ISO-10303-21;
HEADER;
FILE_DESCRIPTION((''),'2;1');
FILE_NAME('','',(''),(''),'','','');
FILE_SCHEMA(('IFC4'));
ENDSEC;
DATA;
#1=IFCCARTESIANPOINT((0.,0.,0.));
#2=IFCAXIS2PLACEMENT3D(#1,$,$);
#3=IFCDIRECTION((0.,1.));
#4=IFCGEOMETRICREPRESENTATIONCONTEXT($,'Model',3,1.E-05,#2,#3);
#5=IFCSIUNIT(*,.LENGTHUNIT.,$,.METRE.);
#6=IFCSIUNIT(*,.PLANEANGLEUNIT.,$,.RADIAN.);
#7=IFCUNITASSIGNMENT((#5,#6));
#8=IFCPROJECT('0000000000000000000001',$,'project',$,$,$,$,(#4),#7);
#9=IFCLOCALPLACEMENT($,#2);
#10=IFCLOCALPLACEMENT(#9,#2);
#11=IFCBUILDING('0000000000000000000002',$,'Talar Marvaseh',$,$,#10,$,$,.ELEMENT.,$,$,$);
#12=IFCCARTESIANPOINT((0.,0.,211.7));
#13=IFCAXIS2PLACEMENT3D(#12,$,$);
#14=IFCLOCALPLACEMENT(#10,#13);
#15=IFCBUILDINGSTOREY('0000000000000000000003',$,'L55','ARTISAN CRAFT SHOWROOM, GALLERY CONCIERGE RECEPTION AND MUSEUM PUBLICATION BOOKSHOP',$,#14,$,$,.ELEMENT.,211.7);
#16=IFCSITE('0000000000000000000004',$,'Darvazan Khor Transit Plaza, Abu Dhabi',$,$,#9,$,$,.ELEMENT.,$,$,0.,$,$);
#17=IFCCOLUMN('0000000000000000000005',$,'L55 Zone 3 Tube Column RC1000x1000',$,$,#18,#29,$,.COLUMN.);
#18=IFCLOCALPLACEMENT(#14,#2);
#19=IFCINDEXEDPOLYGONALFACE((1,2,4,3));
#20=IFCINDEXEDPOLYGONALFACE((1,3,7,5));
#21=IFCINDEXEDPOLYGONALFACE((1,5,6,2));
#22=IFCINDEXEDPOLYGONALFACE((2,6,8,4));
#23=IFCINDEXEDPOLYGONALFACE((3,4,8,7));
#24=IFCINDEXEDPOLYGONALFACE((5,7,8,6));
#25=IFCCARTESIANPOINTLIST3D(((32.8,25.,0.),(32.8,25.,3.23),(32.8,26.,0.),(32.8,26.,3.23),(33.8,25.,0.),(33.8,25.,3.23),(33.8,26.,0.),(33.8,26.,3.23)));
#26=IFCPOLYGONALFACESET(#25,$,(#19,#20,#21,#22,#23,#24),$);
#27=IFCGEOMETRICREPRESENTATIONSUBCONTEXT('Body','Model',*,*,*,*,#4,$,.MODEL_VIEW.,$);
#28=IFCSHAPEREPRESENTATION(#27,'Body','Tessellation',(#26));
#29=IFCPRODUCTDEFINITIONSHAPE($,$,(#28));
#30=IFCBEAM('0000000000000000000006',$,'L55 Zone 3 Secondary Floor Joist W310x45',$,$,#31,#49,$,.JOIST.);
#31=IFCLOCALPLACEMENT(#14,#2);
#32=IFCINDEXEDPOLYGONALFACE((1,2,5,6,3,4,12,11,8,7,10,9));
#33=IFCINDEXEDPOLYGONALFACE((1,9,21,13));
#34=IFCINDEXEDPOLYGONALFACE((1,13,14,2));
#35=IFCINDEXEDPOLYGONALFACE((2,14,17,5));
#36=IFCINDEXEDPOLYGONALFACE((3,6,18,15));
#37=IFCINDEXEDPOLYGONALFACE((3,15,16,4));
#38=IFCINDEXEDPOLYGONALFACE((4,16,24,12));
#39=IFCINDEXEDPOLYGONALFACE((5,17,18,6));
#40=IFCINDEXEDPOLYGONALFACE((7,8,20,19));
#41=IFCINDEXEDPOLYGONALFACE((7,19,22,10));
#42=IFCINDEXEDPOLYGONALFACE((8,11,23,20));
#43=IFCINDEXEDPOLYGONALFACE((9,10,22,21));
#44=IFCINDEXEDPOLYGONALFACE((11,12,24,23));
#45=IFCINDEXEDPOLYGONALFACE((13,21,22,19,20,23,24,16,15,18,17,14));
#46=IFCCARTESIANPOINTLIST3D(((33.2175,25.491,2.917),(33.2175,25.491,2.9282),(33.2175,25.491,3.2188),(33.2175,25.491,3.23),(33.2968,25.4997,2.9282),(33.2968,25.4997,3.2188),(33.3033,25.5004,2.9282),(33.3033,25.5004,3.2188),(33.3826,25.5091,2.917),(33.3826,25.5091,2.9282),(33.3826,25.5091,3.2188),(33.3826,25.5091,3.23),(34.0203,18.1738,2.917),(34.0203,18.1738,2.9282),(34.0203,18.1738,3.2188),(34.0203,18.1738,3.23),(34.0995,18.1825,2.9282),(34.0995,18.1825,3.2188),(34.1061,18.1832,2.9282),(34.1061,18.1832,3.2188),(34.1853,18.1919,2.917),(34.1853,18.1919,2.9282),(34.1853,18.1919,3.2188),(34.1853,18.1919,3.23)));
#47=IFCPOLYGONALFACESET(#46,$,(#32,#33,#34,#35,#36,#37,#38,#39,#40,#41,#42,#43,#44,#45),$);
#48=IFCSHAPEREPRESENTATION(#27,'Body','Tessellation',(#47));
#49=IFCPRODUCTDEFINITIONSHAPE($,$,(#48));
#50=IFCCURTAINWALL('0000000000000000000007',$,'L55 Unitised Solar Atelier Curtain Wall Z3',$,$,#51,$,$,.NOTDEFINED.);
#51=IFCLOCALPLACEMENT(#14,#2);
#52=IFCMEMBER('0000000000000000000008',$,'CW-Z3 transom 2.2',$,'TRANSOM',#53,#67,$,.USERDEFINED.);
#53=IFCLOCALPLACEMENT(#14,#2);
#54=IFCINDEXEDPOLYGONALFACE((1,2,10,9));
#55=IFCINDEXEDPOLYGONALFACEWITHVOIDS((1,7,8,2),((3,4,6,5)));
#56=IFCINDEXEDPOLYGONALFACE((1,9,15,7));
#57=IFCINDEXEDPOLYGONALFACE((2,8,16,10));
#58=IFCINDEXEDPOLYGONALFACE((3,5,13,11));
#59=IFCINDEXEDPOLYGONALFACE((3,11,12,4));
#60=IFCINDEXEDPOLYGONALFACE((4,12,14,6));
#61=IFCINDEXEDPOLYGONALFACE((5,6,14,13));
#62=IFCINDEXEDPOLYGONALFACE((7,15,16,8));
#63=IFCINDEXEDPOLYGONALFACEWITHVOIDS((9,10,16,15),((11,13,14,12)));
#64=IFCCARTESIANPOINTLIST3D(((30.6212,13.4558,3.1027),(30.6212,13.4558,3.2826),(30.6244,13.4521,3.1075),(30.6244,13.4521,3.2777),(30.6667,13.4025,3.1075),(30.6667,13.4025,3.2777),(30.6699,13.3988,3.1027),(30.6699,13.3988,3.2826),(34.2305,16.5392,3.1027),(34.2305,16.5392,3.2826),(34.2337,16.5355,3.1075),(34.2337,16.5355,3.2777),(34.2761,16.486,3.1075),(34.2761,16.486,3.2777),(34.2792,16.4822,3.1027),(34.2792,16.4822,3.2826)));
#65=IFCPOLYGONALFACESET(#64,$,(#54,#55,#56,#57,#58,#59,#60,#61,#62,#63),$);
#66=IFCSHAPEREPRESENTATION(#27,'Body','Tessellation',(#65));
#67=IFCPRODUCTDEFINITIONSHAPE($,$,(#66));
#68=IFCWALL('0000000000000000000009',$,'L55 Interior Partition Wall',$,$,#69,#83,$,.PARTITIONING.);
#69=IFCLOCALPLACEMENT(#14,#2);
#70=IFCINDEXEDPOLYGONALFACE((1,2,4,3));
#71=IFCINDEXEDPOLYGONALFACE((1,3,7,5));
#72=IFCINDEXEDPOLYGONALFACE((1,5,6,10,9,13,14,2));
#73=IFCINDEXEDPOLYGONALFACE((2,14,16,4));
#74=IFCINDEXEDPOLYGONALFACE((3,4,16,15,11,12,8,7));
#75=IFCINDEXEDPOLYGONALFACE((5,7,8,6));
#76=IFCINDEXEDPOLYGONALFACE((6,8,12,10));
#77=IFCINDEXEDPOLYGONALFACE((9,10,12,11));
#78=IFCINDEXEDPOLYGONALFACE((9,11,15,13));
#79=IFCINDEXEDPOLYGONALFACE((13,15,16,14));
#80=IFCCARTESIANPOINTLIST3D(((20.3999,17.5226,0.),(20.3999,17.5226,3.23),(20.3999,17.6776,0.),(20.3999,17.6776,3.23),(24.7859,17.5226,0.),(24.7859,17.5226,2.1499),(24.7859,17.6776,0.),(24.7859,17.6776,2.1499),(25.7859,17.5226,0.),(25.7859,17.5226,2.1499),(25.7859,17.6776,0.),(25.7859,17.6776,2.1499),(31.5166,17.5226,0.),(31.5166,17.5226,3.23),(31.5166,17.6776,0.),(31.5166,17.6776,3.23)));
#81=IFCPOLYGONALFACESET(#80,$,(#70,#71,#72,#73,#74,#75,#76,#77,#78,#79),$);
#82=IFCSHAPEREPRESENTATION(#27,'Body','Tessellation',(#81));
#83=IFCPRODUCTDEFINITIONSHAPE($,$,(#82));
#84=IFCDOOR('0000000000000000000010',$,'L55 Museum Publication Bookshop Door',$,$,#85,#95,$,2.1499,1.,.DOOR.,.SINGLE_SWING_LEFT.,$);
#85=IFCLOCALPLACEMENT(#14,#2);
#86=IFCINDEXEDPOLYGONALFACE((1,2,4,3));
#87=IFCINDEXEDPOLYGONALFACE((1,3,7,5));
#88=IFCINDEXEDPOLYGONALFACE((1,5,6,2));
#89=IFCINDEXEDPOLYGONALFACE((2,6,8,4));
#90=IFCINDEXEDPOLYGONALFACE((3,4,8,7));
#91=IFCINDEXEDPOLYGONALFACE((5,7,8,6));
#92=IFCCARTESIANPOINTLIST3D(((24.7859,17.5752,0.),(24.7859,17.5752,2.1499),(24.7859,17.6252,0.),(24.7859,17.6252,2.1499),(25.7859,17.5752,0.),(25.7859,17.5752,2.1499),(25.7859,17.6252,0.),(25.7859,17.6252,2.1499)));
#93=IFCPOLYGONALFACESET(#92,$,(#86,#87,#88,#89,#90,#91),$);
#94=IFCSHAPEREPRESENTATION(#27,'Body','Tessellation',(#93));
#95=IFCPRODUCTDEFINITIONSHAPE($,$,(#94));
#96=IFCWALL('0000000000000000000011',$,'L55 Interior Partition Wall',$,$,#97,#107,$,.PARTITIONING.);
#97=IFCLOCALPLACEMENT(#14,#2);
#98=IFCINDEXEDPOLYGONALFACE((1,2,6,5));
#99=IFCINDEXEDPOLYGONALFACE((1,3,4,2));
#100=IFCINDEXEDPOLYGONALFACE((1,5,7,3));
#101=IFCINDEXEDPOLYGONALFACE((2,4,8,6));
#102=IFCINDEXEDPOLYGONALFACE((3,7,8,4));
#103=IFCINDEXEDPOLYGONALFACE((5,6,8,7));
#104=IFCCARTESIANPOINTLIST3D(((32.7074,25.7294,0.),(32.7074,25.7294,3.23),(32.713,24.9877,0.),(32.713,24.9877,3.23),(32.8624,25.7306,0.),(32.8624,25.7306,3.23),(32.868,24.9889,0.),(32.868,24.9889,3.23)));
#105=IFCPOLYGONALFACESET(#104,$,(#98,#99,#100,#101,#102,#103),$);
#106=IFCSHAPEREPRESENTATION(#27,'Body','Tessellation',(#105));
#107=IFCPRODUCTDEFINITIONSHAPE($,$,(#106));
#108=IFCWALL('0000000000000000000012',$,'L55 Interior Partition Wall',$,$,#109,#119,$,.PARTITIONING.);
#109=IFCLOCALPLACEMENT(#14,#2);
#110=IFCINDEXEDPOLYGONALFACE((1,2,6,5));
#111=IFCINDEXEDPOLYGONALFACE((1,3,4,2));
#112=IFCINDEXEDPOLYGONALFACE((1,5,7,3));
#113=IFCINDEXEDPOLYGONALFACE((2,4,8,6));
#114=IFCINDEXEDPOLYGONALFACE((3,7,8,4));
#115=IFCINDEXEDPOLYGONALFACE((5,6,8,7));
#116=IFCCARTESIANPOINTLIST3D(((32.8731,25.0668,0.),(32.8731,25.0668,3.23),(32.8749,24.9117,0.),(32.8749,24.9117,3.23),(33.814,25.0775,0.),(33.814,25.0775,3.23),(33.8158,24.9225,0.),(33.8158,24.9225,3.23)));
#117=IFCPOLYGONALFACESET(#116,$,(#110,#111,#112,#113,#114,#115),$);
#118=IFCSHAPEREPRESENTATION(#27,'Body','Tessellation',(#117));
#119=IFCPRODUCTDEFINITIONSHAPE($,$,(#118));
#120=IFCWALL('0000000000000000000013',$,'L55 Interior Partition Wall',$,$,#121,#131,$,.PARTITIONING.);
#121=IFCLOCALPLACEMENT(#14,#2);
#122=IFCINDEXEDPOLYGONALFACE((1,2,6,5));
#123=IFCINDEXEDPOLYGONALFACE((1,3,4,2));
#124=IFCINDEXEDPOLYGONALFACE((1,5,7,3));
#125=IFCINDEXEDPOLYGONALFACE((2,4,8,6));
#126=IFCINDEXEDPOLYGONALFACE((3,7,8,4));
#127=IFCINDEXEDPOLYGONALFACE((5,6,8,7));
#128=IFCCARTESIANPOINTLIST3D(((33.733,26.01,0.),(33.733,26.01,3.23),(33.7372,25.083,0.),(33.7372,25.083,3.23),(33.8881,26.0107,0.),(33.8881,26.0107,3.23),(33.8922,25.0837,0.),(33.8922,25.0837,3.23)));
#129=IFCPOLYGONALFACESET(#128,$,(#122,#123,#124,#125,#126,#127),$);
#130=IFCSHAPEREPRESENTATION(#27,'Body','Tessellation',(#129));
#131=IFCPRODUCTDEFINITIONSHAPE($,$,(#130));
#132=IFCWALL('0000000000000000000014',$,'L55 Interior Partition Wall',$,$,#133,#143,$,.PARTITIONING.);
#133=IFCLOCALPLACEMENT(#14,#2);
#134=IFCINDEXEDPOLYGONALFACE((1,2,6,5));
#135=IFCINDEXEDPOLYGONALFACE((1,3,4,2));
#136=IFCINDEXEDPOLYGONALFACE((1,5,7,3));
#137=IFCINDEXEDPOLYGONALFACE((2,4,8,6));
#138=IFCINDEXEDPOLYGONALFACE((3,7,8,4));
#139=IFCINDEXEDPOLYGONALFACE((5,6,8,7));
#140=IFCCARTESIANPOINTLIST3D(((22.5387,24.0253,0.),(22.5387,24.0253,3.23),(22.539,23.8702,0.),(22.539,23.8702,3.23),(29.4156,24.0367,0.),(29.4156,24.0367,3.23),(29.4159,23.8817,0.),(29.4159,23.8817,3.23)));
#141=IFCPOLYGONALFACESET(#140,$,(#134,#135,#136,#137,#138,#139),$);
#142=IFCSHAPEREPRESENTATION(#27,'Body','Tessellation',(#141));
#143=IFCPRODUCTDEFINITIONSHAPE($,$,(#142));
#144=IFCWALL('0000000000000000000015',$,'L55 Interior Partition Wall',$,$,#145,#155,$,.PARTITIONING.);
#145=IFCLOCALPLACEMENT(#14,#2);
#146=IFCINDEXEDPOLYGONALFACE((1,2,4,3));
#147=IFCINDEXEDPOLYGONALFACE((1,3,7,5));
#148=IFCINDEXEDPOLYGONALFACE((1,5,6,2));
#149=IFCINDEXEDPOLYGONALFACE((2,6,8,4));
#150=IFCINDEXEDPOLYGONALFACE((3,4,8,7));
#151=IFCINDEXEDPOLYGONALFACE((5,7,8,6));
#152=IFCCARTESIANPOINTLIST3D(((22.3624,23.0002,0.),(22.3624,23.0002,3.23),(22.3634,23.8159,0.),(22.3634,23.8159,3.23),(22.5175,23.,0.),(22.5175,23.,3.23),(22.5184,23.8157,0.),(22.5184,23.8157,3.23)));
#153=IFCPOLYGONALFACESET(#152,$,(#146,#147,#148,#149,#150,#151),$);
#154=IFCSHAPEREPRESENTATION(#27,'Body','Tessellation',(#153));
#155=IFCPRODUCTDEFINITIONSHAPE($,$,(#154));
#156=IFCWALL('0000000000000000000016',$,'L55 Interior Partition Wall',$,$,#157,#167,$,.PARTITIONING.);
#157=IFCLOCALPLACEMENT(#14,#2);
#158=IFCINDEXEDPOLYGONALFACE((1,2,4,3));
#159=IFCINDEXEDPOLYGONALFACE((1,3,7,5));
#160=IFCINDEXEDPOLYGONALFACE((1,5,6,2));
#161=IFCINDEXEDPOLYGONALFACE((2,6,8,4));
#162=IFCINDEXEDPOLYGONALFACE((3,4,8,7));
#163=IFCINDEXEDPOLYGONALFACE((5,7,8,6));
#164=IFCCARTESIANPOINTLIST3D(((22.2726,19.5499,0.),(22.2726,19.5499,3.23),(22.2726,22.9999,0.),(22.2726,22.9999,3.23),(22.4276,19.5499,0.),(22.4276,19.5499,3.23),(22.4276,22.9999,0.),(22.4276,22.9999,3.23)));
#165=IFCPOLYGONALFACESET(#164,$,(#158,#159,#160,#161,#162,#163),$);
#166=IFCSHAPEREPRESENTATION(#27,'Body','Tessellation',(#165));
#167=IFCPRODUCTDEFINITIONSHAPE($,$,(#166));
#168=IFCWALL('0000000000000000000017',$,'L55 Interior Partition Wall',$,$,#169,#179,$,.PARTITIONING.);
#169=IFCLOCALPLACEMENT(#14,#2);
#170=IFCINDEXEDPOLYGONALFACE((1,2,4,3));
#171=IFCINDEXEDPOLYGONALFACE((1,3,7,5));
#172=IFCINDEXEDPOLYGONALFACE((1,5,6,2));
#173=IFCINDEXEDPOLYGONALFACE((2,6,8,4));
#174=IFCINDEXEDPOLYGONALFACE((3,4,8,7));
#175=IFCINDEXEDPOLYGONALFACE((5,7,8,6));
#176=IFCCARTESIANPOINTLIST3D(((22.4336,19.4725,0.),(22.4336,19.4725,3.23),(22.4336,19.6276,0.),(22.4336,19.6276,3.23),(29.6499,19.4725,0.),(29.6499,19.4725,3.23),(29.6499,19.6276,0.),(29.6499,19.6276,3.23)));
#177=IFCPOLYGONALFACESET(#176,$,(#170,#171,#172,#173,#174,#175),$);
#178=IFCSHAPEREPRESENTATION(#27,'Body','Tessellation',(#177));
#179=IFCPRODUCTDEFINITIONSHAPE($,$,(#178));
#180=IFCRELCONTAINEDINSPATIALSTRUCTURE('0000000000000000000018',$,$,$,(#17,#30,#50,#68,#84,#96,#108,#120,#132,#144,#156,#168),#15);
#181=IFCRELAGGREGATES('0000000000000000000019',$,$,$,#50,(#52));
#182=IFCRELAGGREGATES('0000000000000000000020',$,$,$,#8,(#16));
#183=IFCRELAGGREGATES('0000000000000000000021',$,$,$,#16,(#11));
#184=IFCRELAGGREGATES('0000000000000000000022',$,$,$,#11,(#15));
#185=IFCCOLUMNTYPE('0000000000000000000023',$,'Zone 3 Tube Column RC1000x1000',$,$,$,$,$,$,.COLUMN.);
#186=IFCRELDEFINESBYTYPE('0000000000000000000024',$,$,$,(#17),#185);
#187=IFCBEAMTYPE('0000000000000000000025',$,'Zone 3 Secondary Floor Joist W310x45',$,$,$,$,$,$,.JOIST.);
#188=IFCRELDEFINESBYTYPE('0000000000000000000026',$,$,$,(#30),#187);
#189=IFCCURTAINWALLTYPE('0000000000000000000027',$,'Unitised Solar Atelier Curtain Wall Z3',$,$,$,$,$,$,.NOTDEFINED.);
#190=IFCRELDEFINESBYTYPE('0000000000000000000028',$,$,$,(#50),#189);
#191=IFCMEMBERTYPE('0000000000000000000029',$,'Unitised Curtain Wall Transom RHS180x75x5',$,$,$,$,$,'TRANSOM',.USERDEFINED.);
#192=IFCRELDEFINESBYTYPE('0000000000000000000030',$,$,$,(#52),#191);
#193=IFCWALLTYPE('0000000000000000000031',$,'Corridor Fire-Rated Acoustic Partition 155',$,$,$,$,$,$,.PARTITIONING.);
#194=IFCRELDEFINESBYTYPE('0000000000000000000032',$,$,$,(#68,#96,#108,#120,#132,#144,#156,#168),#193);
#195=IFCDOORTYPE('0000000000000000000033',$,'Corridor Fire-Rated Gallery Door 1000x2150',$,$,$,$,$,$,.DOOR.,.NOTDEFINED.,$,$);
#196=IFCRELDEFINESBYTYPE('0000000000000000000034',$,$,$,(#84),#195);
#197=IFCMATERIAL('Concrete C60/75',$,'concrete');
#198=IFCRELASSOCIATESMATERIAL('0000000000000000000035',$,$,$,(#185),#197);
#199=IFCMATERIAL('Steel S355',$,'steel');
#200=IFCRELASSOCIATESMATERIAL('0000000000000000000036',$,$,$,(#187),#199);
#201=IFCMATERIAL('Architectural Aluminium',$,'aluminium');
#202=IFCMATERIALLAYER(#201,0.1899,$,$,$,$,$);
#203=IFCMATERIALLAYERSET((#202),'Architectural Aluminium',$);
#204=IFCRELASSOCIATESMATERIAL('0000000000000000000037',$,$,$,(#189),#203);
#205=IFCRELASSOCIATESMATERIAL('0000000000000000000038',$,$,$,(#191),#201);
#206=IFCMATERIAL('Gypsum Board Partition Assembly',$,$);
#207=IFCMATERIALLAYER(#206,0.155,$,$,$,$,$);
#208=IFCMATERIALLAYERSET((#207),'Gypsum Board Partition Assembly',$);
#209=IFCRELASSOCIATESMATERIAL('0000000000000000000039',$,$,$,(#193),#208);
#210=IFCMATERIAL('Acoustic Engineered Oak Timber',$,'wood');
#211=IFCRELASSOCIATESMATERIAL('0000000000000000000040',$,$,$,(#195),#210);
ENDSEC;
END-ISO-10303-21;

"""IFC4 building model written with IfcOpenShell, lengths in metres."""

from ifc_helpers import new_model, si_unit, direction, frame, frame_2d, origin, origin_2d, place, context, subcontext, project, spatial, rectangle, hollow_rectangle, i_section, extrude, source, transform, mapped, material, layer, layer_set, material_profile, profile_set, type_object, type_shapes, element, fill, aggregate, save


model = new_model("IFC4")

# Units and contexts
model_context = context("Model", 3, precision=1e-05, world=origin(), true_north=direction((0.0, 1.0)))
body_context = subcontext(model_context, "Body", "Model", "MODEL_VIEW")
ifc_project = project(units=[si_unit("LENGTHUNIT", "METRE"), si_unit("PLANEANGLEUNIT", "RADIAN")], contexts=[model_context])

# Site, building, storey
site_placement = place(None, origin())
site = spatial("IfcSite", under=ifc_project, at=site_placement, Name="Darvazan Khor Transit Plaza, Abu Dhabi", CompositionType="ELEMENT", RefElevation=0.0)
building_placement = place(site_placement, origin())
building = spatial("IfcBuilding", under=site, at=building_placement, Name="Talar Marvaseh", CompositionType="ELEMENT")
storey_placement = place(building_placement, frame((0.0, 0.0, 211.7)))
storey = spatial("IfcBuildingStorey", under=building, at=storey_placement, Name="L55", Description="ARTISAN CRAFT SHOWROOM, GALLERY CONCIERGE RECEPTION AND MUSEUM PUBLICATION BOOKSHOP", CompositionType="ELEMENT", Elevation=211.7)

# Column
ifc_material_1 = material(Name="Concrete C60/75", Category="concrete")
ifc_material_profile_1 = material_profile(ifc_material_1, rectangle(XDim=1.0, YDim=1.0, at=origin_2d()), Name="RC1000x1000")
ifc_profile_set_1 = profile_set([ifc_material_profile_1], Name="Concrete C60/75")
column_type = type_object("IfcColumnType", Name="Zone 3 Tube Column RC1000x1000", PredefinedType="COLUMN", material=ifc_profile_set_1)
column_placement = place(storey_placement, frame((33.3, 25.5, 0.0), z_axis=(0.0, 0.0, 1.0), x_axis=(1.0, 0.0, 0.0)))
element("IfcColumn", 1, at=column_placement, inside=storey, type_object=column_type, Name="L55 Zone 3 Tube Column RC1000x1000", PredefinedType="COLUMN", context=body_context, shape_type="SweptSolid", body=[
    extrude(rectangle(XDim=1.0, YDim=1.0, at=origin_2d()), origin(), (0.0, 0.0, 1.0), 3.23),
])

# Beam
ifc_material_2 = material(Name="Steel S355", Category="steel")
ifc_material_profile_2 = material_profile(ifc_material_2, i_section(OverallWidth=0.166, OverallDepth=0.313, WebThickness=0.0066, FlangeThickness=0.0112, at=origin_2d()), Name="W310x45")
ifc_profile_set_2 = profile_set([ifc_material_profile_2], Name="Steel S355")
beam_type = type_object("IfcBeamType", Name="Zone 3 Secondary Floor Joist W310x45", PredefinedType="JOIST", material=ifc_profile_set_2)
beam_placement = place(storey_placement, frame((34.1028, 18.1829, 3.0735), z_axis=(-0.109052, 0.994036, 0.0), x_axis=(-0.994036, -0.109052, 0.0)))
element("IfcBeam", 2, at=beam_placement, inside=storey, type_object=beam_type, Name="L55 Zone 3 Secondary Floor Joist W310x45", PredefinedType="JOIST", context=body_context, shape_type="SweptSolid", body=[
    extrude(i_section(OverallWidth=0.166, OverallDepth=0.313, WebThickness=0.0066, FlangeThickness=0.0112, at=origin_2d()), origin(), (0.0, 0.0, 1.0), 7.3611),
])

# Curtain wall, member
ifc_material_3 = material(Name="Architectural Aluminium", Category="aluminium")
ifc_layer_1 = layer(ifc_material_3, 0.1899)
ifc_layer_set_1 = layer_set([ifc_layer_1], Name="Architectural Aluminium")
curtain_wall_type = type_object("IfcCurtainWallType", Name="Unitised Solar Atelier Curtain Wall Z3", PredefinedType="NOTDEFINED", material=ifc_layer_set_1)
curtain_wall_placement = place(storey_placement, origin())
curtain_wall = element("IfcCurtainWall", 3, at=curtain_wall_placement, inside=storey, type_object=curtain_wall_type, Name="L55 Unitised Solar Atelier Curtain Wall Z3", PredefinedType="NOTDEFINED")
ifc_material_profile_3 = material_profile(ifc_material_3, hollow_rectangle(XDim=0.075, YDim=0.1799, WallThickness=0.0049, at=origin_2d()), Name="RHS180x75x5")
ifc_profile_set_3 = profile_set([ifc_material_profile_3], Name="Architectural Aluminium")
member_type = type_object("IfcMemberType", Name="Unitised Curtain Wall Transom RHS180x75x5", ElementType="TRANSOM", PredefinedType="USERDEFINED", material=ifc_profile_set_3)
shared_shape_1 = source(origin(), body_context, "Body", "SweptSolid", [
    extrude(hollow_rectangle(XDim=0.075, YDim=0.1799, WallThickness=0.0049, at=origin_2d()), origin(), (0.0, 0.0, 1.0), 4.7471),
])
type_shapes(member_type, [shared_shape_1])
member_placement = place(storey_placement, frame((34.2549, 16.5107, 3.1926), z_axis=(-0.760323, -0.649545, 0.0), x_axis=(0.649545, -0.760323, 0.0)))
member = element("IfcMember", 4, at=member_placement, type_object=member_type, Name="CW-Z3 transom 2.2", ObjectType="TRANSOM", PredefinedType="USERDEFINED", context=body_context, shape_type="MappedRepresentation", body=[
    mapped(shared_shape_1, transform((0.0, 0.0, 0.0), x_axis=(1.0, 0.0, 0.0), y_axis=(0.0, 1.0, 0.0), z_axis=(0.0, 0.0, 1.0), scale=1.0)),
])
aggregate(curtain_wall, [member])

# Wall, opening, door
ifc_material_4 = material(Name="Gypsum Board Partition Assembly")
ifc_layer_2 = layer(ifc_material_4, 0.155)
ifc_layer_set_2 = layer_set([ifc_layer_2], Name="Gypsum Board Partition Assembly")
wall_type_1 = type_object("IfcWallType", Name="Corridor Fire-Rated Acoustic Partition 155", PredefinedType="PARTITIONING", material=ifc_layer_set_2)
ifc_material_5 = material(Name="Acoustic Engineered Oak Timber", Category="wood")
door_type = type_object("IfcDoorType", Name="Corridor Fire-Rated Gallery Door 1000x2150", OperationType="NOTDEFINED", PredefinedType="DOOR", material=ifc_material_5)
shared_shape_2 = source(origin(), body_context, "Body", "SweptSolid", [
    extrude(rectangle(XDim=1.0, YDim=2.1499, at=frame_2d((0.5, 1.075))), frame((0.0, 0.0249, 0.0), z_axis=(0.0, -1.0, 0.0), x_axis=(1.0, 0.0, 0.0)), (0.0, 0.0, 1.0), 0.05),
])
type_shapes(door_type, [shared_shape_2])
wall_1_placement = place(storey_placement, frame((31.5166, 17.6001, 0.0), z_axis=(0.0, 0.0, 1.0), x_axis=(-1.0, 0.0, 0.0)))
wall_1 = element("IfcWall", 5, at=wall_1_placement, inside=storey, type_object=wall_type_1, Name="L55 Interior Partition Wall", PredefinedType="PARTITIONING", context=body_context, shape_type="SweptSolid", body=[
    extrude(rectangle(XDim=11.1167, YDim=0.155, at=frame_2d((5.5583, 0.0))), origin(), (0.0, 0.0, 1.0), 3.23),
])
opening_1_placement = place(wall_1_placement, frame((5.7307, 0.0, 0.0)))
opening_1 = element("IfcOpeningElement", 6, at=opening_1_placement, cuts=wall_1, PredefinedType="OPENING", context=body_context, shape_type="SweptSolid", body=[
    extrude(rectangle(XDim=1.0, YDim=2.1499, at=frame_2d((0.5, 1.075))), frame((0.0, 0.0874, 0.0), z_axis=(0.0, -1.0, 0.0), x_axis=(1.0, 0.0, 0.0)), (0.0, 0.0, 1.0), 0.175),
])
door_1_placement = place(opening_1_placement, origin())
door_1 = element("IfcDoor", 7, at=door_1_placement, inside=storey, type_object=door_type, Name="L55 Museum Publication Bookshop Door", OperationType="SINGLE_SWING_LEFT", OverallHeight=2.1499, OverallWidth=1.0, PredefinedType="DOOR", context=body_context, shape_type="MappedRepresentation", body=[
    mapped(shared_shape_2, transform((0.0, 0.0, 0.0), x_axis=(1.0, 0.0, 0.0), y_axis=(0.0, 1.0, 0.0), z_axis=(0.0, 0.0, 1.0), scale=1.0)),
])
fill(opening_1, door_1)

# Walls
wall_2_placement = place(storey_placement, frame((32.7849, 25.73, 0.0), z_axis=(0.0, 0.0, 1.0), x_axis=(0.007571, -0.999971, 0.0)))
element("IfcWall", 8, at=wall_2_placement, inside=storey, type_object=wall_type_1, Name="L55 Interior Partition Wall", PredefinedType="PARTITIONING", context=body_context, shape_type="SweptSolid", body=[
    extrude(rectangle(XDim=0.7417, YDim=0.155, at=frame_2d((0.3708, 0.0))), origin(), (0.0, 0.0, 1.0), 3.23),
])
wall_3_placement = place(storey_placement, frame((32.874, 24.9893, 0.0), z_axis=(0.0, 0.0, 1.0), x_axis=(0.999935, 0.011416, 0.0)))
element("IfcWall", 9, at=wall_3_placement, inside=storey, type_object=wall_type_1, Name="L55 Interior Partition Wall", PredefinedType="PARTITIONING", context=body_context, shape_type="SweptSolid", body=[
    extrude(rectangle(XDim=0.9409, YDim=0.155, at=frame_2d((0.4705, 0.0))), origin(), (0.0, 0.0, 1.0), 3.23),
])
wall_4_placement = place(storey_placement, frame((33.8147, 25.0835, 0.0), z_axis=(0.0, 0.0, 1.0), x_axis=(-0.004477, 0.99999, 0.0)))
element("IfcWall", 10, at=wall_4_placement, inside=storey, type_object=wall_type_1, Name="L55 Interior Partition Wall", PredefinedType="PARTITIONING", context=body_context, shape_type="SweptSolid", body=[
    extrude(rectangle(XDim=0.927, YDim=0.155, at=frame_2d((0.4634, 0.0))), origin(), (0.0, 0.0, 1.0), 3.23),
])
wall_5_placement = place(storey_placement, frame((29.4158, 23.9592, 0.0), z_axis=(0.0, 0.0, 1.0), x_axis=(-0.999999, -0.001669, 0.0)))
element("IfcWall", 11, at=wall_5_placement, inside=storey, type_object=wall_type_1, Name="L55 Interior Partition Wall", PredefinedType="PARTITIONING", context=body_context, shape_type="SweptSolid", body=[
    extrude(rectangle(XDim=6.877, YDim=0.155, at=frame_2d((3.4385, 0.0))), origin(), (0.0, 0.0, 1.0), 3.23),
])
wall_6_placement = place(storey_placement, frame((22.4409, 23.8157, 0.0), z_axis=(0.0, 0.0, 1.0), x_axis=(-0.001197, -0.999999, 0.0)))
element("IfcWall", 12, at=wall_6_placement, inside=storey, type_object=wall_type_1, Name="L55 Interior Partition Wall", PredefinedType="PARTITIONING", context=body_context, shape_type="SweptSolid", body=[
    extrude(rectangle(XDim=0.8157, YDim=0.155, at=frame_2d((0.4077, 0.0))), origin(), (0.0, 0.0, 1.0), 3.23),
])
wall_7_placement = place(storey_placement, frame((22.3501, 23.0, 0.0), z_axis=(0.0, 0.0, 1.0), x_axis=(0.0, -1.0, 0.0)))
element("IfcWall", 13, at=wall_7_placement, inside=storey, type_object=wall_type_1, Name="L55 Interior Partition Wall", PredefinedType="PARTITIONING", context=body_context, shape_type="SweptSolid", body=[
    extrude(rectangle(XDim=3.45, YDim=0.155, at=frame_2d((1.7251, 0.0))), origin(), (0.0, 0.0, 1.0), 3.23),
])
wall_8_placement = place(storey_placement, frame((22.4336, 19.55, 0.0), z_axis=(0.0, 0.0, 1.0), x_axis=(1.0, 0.0, 0.0)))
element("IfcWall", 14, at=wall_8_placement, inside=storey, type_object=wall_type_1, Name="L55 Interior Partition Wall", PredefinedType="PARTITIONING", context=body_context, shape_type="SweptSolid", body=[
    extrude(rectangle(XDim=7.2163, YDim=0.155, at=frame_2d((3.6082, 0.0))), origin(), (0.0, 0.0, 1.0), 3.23),
])

save(model, "model.ifc")
